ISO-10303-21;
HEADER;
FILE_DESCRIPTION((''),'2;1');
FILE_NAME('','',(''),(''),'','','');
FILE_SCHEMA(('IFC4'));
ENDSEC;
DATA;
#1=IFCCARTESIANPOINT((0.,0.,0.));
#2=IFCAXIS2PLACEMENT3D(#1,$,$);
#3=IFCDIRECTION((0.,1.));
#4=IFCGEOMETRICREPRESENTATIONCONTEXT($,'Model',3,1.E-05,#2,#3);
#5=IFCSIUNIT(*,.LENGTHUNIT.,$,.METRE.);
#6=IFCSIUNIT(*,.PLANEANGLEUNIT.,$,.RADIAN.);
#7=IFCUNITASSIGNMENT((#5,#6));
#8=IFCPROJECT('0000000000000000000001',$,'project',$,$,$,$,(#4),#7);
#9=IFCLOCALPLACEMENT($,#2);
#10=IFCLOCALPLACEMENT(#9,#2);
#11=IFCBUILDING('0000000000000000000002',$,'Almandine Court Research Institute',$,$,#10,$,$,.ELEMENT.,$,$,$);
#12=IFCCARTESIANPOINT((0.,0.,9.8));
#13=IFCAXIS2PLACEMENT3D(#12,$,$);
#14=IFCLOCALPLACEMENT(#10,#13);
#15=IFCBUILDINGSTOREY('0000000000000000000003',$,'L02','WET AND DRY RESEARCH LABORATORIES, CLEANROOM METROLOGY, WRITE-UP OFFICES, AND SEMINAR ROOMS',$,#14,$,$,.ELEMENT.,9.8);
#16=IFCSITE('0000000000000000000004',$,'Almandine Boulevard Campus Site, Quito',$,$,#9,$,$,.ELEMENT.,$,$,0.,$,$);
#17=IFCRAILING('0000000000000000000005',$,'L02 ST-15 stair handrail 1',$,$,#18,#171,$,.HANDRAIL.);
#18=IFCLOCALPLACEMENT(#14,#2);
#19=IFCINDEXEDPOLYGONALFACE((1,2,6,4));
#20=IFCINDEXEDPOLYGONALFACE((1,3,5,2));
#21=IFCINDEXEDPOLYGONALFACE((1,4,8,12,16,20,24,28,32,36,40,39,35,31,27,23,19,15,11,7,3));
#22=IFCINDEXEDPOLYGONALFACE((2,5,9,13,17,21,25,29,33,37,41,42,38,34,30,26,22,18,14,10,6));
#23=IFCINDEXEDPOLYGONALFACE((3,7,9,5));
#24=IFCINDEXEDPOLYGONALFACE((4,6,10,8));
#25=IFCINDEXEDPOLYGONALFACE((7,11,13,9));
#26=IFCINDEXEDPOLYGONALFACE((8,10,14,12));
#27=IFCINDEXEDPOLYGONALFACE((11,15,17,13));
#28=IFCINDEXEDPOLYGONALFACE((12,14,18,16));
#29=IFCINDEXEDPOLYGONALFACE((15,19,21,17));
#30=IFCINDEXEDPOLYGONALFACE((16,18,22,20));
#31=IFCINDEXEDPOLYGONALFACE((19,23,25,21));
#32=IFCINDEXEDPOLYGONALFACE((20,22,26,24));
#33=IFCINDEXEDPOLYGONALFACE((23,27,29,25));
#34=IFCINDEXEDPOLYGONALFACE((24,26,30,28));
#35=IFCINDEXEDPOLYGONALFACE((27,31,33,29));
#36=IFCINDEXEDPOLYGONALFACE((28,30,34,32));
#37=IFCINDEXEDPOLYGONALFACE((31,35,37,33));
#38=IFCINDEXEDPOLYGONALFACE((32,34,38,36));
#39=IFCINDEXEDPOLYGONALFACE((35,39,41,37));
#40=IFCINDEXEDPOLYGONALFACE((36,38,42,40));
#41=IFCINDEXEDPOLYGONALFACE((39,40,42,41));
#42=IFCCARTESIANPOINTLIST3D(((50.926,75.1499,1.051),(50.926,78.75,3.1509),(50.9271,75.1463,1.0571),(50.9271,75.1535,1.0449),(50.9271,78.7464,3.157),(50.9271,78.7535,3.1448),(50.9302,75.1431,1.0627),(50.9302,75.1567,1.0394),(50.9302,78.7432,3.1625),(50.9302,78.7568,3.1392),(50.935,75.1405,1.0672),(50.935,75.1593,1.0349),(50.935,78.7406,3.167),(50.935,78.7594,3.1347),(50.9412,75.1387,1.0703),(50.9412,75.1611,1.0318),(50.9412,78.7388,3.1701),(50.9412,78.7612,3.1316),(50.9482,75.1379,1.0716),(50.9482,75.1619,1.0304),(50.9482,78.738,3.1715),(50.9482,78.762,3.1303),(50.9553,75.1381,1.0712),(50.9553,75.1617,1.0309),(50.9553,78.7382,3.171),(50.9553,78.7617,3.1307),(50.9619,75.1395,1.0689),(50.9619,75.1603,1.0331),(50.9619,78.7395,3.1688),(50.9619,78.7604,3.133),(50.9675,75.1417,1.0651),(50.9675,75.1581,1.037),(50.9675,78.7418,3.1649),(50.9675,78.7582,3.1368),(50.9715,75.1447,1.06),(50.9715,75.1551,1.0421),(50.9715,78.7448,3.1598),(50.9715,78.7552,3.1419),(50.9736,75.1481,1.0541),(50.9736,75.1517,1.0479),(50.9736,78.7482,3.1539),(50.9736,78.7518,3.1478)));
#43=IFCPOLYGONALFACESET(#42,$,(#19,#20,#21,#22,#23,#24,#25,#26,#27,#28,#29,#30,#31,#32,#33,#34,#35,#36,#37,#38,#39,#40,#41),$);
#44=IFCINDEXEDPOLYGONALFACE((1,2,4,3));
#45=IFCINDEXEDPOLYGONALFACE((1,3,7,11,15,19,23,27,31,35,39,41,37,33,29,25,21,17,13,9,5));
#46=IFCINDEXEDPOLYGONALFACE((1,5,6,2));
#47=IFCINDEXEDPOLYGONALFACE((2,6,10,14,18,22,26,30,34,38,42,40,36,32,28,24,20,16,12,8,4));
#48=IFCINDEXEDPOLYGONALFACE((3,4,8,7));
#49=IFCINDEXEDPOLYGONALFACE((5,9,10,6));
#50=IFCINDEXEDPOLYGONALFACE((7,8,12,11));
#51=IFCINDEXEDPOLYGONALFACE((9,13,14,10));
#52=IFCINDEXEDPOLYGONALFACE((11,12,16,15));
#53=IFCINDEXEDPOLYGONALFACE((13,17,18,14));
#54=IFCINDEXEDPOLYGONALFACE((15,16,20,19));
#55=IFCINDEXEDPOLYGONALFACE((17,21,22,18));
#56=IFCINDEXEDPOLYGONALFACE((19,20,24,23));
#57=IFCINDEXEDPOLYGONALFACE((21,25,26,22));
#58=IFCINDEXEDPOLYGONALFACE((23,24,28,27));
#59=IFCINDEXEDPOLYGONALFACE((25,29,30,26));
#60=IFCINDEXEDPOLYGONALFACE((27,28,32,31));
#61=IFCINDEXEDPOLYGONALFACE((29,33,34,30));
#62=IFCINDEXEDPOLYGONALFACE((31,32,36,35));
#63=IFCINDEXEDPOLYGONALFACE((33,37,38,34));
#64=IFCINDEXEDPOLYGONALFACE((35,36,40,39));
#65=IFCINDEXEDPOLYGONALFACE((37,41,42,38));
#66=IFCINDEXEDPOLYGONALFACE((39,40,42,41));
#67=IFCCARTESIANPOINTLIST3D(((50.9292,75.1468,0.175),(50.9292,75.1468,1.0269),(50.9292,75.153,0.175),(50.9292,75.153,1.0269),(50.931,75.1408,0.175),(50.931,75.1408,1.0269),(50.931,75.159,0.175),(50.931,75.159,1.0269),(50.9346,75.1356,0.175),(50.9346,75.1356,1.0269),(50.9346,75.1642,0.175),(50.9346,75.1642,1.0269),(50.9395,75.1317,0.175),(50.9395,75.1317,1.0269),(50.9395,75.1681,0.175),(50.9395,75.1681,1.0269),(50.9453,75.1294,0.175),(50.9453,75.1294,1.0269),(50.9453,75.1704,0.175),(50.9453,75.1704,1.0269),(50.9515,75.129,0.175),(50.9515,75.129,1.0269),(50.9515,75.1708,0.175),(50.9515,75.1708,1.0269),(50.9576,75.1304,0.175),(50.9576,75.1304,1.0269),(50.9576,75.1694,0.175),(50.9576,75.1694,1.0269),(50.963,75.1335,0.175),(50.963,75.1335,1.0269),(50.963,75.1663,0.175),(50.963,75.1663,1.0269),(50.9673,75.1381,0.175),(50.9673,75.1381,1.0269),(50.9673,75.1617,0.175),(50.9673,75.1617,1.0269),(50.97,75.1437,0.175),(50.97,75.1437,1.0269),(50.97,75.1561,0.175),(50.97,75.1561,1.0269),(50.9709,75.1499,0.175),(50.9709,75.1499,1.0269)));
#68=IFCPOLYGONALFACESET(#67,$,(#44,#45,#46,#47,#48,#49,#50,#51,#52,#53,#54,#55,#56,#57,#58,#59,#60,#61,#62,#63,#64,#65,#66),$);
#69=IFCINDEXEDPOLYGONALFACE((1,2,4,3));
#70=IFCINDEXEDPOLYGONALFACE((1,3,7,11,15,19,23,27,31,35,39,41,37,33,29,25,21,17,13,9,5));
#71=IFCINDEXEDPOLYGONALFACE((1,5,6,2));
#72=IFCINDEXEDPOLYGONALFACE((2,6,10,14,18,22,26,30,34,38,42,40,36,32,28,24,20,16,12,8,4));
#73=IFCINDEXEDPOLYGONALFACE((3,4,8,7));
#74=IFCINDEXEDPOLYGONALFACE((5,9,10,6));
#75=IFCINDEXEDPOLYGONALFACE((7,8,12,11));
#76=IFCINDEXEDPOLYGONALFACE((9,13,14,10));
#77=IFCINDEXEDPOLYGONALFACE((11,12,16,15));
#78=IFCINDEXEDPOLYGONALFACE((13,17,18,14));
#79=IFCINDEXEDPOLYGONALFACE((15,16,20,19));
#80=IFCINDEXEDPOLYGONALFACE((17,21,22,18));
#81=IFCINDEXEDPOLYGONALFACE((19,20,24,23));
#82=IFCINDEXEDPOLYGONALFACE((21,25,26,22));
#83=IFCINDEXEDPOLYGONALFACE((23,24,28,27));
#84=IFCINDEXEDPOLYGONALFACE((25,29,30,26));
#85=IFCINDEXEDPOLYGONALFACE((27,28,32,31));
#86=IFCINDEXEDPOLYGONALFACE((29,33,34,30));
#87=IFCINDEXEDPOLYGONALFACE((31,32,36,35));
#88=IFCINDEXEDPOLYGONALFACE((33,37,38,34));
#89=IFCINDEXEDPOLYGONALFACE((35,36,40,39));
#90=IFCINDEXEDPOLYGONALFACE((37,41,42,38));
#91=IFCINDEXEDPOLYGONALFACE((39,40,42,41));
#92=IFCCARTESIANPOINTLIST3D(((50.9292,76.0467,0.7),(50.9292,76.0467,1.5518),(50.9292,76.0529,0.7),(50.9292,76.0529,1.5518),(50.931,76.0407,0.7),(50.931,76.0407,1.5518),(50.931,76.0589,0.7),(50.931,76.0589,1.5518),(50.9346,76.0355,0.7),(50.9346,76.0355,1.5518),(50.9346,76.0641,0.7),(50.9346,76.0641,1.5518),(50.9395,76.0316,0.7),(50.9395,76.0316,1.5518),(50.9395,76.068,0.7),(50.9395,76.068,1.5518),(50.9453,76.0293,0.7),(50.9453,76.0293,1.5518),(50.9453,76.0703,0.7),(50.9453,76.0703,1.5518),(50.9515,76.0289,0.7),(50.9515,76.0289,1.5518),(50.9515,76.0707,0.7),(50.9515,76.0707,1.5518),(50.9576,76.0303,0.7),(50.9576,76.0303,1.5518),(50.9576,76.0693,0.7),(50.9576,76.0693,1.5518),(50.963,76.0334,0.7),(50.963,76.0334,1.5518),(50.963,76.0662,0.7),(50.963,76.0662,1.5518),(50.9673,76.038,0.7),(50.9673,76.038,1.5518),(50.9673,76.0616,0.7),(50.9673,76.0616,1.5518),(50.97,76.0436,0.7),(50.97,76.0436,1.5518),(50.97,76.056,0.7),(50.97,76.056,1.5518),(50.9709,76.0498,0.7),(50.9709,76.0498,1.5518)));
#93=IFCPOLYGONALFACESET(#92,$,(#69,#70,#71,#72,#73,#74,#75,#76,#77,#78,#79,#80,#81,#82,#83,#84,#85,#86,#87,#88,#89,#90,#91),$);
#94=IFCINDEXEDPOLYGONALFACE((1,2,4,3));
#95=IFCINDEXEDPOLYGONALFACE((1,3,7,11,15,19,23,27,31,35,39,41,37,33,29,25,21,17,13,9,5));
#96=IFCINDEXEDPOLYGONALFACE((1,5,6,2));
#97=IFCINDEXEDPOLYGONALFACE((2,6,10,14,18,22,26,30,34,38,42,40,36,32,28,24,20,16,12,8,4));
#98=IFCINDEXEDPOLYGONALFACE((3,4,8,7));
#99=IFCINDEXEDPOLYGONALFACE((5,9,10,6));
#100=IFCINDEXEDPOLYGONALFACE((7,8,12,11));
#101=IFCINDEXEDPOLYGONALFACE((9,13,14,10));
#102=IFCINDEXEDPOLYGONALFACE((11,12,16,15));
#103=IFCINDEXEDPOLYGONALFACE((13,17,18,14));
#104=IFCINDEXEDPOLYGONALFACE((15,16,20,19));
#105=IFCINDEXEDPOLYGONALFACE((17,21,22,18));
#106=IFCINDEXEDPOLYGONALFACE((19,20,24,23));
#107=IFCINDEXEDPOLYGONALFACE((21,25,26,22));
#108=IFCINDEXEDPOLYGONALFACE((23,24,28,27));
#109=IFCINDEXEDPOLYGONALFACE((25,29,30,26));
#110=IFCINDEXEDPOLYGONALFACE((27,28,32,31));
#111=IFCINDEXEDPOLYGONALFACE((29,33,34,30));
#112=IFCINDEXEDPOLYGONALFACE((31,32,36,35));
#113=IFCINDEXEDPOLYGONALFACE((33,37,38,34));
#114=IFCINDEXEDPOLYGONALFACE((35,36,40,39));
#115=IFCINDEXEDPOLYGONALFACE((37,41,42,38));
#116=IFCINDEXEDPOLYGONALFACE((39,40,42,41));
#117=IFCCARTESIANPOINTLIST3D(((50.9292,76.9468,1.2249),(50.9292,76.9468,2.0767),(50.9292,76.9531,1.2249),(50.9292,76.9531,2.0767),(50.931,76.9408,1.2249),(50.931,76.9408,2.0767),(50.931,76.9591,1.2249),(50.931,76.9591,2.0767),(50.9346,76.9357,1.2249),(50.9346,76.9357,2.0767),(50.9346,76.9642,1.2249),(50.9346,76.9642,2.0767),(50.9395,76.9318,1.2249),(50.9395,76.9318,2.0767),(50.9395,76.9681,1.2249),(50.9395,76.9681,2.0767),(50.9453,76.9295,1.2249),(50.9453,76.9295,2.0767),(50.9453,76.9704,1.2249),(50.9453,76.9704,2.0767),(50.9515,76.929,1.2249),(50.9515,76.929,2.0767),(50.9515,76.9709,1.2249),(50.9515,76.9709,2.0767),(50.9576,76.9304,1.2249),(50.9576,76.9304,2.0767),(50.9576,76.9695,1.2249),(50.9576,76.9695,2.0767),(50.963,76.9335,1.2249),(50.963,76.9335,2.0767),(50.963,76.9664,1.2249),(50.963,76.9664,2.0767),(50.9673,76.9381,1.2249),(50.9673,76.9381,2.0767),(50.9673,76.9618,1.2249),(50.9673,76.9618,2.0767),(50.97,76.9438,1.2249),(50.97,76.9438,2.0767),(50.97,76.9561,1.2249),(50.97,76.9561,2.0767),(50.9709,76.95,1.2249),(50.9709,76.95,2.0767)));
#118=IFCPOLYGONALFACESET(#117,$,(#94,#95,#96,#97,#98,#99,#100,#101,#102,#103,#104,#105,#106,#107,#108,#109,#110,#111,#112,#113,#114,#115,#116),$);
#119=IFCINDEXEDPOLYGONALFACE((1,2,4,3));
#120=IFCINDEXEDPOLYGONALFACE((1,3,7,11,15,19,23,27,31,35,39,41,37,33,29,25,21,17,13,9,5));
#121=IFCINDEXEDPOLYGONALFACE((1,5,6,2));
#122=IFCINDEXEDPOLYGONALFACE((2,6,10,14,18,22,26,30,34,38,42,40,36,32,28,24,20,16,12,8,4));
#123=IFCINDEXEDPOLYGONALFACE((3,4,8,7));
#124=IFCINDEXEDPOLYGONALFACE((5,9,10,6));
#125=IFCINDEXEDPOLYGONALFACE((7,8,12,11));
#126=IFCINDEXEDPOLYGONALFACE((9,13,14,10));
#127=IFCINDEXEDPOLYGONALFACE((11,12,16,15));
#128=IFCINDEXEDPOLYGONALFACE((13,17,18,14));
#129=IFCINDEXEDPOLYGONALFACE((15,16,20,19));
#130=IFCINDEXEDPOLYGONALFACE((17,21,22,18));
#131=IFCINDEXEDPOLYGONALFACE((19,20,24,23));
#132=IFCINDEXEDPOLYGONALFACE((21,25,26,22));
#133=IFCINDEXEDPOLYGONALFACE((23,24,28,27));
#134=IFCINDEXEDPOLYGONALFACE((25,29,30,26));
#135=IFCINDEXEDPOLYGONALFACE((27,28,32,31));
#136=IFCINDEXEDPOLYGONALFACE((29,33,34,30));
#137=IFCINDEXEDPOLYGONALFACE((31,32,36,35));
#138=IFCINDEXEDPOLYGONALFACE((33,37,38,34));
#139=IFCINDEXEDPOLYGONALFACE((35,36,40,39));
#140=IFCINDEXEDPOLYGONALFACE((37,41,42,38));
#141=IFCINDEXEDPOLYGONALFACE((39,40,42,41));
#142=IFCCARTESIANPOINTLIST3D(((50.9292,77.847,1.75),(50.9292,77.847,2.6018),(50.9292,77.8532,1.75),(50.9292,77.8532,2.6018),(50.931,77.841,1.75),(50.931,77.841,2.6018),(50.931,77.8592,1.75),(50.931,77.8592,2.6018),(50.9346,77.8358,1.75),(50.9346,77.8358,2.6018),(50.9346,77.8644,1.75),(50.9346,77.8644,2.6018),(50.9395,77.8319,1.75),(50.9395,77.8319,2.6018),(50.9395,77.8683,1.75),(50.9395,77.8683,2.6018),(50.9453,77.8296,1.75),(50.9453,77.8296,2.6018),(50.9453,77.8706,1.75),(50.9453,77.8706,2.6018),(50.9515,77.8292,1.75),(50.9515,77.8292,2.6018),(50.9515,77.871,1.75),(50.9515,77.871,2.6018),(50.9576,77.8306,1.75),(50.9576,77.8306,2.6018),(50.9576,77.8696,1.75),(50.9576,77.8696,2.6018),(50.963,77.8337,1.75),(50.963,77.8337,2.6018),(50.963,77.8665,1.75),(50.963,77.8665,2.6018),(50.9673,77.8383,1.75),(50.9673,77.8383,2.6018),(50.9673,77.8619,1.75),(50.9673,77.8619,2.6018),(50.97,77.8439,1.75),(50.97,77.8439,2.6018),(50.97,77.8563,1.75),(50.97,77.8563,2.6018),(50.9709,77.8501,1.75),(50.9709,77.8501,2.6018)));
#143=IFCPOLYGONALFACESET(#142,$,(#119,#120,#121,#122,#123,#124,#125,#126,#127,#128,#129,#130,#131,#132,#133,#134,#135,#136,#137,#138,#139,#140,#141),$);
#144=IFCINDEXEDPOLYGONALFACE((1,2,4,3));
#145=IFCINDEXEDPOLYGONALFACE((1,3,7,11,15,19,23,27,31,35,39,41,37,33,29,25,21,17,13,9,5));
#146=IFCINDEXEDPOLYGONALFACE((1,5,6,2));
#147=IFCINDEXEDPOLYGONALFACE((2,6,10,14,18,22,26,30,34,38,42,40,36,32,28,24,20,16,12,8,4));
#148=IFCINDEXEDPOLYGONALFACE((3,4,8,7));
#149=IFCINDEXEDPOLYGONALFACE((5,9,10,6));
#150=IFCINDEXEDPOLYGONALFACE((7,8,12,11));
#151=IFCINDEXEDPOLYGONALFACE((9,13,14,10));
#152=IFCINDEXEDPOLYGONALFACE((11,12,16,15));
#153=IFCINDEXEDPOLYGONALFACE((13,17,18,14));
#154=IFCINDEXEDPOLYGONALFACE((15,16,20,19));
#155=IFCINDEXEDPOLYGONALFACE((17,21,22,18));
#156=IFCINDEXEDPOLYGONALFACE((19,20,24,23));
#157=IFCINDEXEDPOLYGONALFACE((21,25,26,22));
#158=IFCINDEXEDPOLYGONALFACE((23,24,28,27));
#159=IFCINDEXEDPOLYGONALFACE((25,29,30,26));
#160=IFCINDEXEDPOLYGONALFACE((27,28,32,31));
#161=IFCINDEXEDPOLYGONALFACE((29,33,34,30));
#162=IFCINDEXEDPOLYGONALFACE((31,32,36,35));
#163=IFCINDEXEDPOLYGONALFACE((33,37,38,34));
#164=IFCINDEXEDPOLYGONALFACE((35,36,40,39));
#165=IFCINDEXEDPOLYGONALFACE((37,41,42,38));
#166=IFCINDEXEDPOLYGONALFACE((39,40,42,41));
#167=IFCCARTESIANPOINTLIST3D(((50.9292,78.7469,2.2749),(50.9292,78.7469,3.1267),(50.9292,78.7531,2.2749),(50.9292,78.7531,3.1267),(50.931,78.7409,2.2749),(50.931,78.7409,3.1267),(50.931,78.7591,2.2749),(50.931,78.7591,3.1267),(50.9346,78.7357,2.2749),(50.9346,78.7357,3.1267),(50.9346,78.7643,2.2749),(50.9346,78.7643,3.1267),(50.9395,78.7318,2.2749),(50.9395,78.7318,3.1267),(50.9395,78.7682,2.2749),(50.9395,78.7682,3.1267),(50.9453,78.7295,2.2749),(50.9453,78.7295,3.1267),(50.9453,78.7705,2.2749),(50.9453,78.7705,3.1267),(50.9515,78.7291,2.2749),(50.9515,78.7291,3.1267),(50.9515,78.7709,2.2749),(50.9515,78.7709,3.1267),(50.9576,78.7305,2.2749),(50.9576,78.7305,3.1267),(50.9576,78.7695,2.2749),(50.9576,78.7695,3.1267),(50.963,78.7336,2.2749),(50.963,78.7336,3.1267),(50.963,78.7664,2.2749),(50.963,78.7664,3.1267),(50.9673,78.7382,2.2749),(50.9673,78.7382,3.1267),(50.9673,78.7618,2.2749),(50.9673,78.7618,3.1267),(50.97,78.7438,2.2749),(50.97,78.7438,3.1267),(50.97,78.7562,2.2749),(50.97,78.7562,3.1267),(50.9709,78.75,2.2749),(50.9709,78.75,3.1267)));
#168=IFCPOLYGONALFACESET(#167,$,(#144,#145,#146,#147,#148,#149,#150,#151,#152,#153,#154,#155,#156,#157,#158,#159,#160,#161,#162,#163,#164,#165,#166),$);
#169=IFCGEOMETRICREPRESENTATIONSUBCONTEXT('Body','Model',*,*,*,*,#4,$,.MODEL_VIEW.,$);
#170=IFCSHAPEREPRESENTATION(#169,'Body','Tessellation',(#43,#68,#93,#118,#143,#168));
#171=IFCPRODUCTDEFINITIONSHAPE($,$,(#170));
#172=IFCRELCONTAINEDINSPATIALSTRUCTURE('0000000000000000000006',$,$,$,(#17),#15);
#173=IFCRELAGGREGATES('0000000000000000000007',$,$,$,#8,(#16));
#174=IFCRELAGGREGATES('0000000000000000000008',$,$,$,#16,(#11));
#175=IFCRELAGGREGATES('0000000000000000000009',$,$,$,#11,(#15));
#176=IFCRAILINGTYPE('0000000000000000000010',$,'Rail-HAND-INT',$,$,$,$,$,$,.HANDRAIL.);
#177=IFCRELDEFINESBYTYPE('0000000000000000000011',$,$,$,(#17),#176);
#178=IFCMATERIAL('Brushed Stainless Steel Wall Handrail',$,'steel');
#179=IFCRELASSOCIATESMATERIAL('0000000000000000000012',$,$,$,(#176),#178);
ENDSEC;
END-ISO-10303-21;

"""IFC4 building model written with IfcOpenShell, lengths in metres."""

from ifc_helpers import new_model, si_unit, direction, frame, origin, origin_2d, place, context, subcontext, project, spatial, circle, extrude, material, type_object, element, save


model = new_model("IFC4")

# Units and contexts
model_context = context("Model", 3, precision=1e-05, world=origin(), true_north=direction((0.0, 1.0)))
body_context = subcontext(model_context, "Body", "Model", "MODEL_VIEW")
ifc_project = project(units=[si_unit("LENGTHUNIT", "METRE"), si_unit("PLANEANGLEUNIT", "RADIAN")], contexts=[model_context])

# Site, building, storey
site_placement = place(None, origin())
site = spatial("IfcSite", under=ifc_project, at=site_placement, Name="Almandine Boulevard Campus Site, Quito", CompositionType="ELEMENT", RefElevation=0.0)
building_placement = place(site_placement, origin())
building = spatial("IfcBuilding", under=site, at=building_placement, Name="Almandine Court Research Institute", CompositionType="ELEMENT")
storey_placement = place(building_placement, frame((0.0, 0.0, 9.8)))
storey = spatial("IfcBuildingStorey", under=building, at=storey_placement, Name="L02", Description="WET AND DRY RESEARCH LABORATORIES, CLEANROOM METROLOGY, WRITE-UP OFFICES, AND SEMINAR ROOMS", CompositionType="ELEMENT", Elevation=9.8)

# Railing
ifc_material_1 = material(Name="Brushed Stainless Steel Wall Handrail", Category="steel")
railing_type_1 = type_object("IfcRailingType", Name="Rail-HAND-INT", PredefinedType="HANDRAIL", material=ifc_material_1)
railing_1_placement = place(storey_placement, frame((50.95, 75.1499, 0.175)))
element("IfcRailing", 1, at=railing_1_placement, inside=storey, type_object=railing_type_1, Name="L02 ST-15 stair handrail 1", PredefinedType="HANDRAIL", context=body_context, shape_type="SweptSolid", body=[
    extrude(circle(Radius=0.0239, at=origin_2d()), frame((0.0, 0.0, 0.876), z_axis=(0.0, 0.8638, 0.503835), x_axis=(-1.0, 0.0, 0.0)), (0.0, 0.0, 1.0), 4.1677),
    extrude(circle(Radius=0.021, at=origin_2d()), origin(), (0.0, 0.0, 1.0), 0.8518),
    extrude(circle(Radius=0.021, at=origin_2d()), frame((0.0, 0.8999, 0.5249)), (0.0, 0.0, 1.0), 0.8518),
    extrude(circle(Radius=0.021, at=origin_2d()), frame((0.0, 1.8, 1.0498)), (0.0, 0.0, 1.0), 0.8518),
    extrude(circle(Radius=0.021, at=origin_2d()), frame((0.0, 2.7002, 1.575)), (0.0, 0.0, 1.0), 0.8518),
    extrude(circle(Radius=0.021, at=origin_2d()), frame((0.0, 3.6001, 2.0999)), (0.0, 0.0, 1.0), 0.8518),
])

save(model, "model.ifc")
